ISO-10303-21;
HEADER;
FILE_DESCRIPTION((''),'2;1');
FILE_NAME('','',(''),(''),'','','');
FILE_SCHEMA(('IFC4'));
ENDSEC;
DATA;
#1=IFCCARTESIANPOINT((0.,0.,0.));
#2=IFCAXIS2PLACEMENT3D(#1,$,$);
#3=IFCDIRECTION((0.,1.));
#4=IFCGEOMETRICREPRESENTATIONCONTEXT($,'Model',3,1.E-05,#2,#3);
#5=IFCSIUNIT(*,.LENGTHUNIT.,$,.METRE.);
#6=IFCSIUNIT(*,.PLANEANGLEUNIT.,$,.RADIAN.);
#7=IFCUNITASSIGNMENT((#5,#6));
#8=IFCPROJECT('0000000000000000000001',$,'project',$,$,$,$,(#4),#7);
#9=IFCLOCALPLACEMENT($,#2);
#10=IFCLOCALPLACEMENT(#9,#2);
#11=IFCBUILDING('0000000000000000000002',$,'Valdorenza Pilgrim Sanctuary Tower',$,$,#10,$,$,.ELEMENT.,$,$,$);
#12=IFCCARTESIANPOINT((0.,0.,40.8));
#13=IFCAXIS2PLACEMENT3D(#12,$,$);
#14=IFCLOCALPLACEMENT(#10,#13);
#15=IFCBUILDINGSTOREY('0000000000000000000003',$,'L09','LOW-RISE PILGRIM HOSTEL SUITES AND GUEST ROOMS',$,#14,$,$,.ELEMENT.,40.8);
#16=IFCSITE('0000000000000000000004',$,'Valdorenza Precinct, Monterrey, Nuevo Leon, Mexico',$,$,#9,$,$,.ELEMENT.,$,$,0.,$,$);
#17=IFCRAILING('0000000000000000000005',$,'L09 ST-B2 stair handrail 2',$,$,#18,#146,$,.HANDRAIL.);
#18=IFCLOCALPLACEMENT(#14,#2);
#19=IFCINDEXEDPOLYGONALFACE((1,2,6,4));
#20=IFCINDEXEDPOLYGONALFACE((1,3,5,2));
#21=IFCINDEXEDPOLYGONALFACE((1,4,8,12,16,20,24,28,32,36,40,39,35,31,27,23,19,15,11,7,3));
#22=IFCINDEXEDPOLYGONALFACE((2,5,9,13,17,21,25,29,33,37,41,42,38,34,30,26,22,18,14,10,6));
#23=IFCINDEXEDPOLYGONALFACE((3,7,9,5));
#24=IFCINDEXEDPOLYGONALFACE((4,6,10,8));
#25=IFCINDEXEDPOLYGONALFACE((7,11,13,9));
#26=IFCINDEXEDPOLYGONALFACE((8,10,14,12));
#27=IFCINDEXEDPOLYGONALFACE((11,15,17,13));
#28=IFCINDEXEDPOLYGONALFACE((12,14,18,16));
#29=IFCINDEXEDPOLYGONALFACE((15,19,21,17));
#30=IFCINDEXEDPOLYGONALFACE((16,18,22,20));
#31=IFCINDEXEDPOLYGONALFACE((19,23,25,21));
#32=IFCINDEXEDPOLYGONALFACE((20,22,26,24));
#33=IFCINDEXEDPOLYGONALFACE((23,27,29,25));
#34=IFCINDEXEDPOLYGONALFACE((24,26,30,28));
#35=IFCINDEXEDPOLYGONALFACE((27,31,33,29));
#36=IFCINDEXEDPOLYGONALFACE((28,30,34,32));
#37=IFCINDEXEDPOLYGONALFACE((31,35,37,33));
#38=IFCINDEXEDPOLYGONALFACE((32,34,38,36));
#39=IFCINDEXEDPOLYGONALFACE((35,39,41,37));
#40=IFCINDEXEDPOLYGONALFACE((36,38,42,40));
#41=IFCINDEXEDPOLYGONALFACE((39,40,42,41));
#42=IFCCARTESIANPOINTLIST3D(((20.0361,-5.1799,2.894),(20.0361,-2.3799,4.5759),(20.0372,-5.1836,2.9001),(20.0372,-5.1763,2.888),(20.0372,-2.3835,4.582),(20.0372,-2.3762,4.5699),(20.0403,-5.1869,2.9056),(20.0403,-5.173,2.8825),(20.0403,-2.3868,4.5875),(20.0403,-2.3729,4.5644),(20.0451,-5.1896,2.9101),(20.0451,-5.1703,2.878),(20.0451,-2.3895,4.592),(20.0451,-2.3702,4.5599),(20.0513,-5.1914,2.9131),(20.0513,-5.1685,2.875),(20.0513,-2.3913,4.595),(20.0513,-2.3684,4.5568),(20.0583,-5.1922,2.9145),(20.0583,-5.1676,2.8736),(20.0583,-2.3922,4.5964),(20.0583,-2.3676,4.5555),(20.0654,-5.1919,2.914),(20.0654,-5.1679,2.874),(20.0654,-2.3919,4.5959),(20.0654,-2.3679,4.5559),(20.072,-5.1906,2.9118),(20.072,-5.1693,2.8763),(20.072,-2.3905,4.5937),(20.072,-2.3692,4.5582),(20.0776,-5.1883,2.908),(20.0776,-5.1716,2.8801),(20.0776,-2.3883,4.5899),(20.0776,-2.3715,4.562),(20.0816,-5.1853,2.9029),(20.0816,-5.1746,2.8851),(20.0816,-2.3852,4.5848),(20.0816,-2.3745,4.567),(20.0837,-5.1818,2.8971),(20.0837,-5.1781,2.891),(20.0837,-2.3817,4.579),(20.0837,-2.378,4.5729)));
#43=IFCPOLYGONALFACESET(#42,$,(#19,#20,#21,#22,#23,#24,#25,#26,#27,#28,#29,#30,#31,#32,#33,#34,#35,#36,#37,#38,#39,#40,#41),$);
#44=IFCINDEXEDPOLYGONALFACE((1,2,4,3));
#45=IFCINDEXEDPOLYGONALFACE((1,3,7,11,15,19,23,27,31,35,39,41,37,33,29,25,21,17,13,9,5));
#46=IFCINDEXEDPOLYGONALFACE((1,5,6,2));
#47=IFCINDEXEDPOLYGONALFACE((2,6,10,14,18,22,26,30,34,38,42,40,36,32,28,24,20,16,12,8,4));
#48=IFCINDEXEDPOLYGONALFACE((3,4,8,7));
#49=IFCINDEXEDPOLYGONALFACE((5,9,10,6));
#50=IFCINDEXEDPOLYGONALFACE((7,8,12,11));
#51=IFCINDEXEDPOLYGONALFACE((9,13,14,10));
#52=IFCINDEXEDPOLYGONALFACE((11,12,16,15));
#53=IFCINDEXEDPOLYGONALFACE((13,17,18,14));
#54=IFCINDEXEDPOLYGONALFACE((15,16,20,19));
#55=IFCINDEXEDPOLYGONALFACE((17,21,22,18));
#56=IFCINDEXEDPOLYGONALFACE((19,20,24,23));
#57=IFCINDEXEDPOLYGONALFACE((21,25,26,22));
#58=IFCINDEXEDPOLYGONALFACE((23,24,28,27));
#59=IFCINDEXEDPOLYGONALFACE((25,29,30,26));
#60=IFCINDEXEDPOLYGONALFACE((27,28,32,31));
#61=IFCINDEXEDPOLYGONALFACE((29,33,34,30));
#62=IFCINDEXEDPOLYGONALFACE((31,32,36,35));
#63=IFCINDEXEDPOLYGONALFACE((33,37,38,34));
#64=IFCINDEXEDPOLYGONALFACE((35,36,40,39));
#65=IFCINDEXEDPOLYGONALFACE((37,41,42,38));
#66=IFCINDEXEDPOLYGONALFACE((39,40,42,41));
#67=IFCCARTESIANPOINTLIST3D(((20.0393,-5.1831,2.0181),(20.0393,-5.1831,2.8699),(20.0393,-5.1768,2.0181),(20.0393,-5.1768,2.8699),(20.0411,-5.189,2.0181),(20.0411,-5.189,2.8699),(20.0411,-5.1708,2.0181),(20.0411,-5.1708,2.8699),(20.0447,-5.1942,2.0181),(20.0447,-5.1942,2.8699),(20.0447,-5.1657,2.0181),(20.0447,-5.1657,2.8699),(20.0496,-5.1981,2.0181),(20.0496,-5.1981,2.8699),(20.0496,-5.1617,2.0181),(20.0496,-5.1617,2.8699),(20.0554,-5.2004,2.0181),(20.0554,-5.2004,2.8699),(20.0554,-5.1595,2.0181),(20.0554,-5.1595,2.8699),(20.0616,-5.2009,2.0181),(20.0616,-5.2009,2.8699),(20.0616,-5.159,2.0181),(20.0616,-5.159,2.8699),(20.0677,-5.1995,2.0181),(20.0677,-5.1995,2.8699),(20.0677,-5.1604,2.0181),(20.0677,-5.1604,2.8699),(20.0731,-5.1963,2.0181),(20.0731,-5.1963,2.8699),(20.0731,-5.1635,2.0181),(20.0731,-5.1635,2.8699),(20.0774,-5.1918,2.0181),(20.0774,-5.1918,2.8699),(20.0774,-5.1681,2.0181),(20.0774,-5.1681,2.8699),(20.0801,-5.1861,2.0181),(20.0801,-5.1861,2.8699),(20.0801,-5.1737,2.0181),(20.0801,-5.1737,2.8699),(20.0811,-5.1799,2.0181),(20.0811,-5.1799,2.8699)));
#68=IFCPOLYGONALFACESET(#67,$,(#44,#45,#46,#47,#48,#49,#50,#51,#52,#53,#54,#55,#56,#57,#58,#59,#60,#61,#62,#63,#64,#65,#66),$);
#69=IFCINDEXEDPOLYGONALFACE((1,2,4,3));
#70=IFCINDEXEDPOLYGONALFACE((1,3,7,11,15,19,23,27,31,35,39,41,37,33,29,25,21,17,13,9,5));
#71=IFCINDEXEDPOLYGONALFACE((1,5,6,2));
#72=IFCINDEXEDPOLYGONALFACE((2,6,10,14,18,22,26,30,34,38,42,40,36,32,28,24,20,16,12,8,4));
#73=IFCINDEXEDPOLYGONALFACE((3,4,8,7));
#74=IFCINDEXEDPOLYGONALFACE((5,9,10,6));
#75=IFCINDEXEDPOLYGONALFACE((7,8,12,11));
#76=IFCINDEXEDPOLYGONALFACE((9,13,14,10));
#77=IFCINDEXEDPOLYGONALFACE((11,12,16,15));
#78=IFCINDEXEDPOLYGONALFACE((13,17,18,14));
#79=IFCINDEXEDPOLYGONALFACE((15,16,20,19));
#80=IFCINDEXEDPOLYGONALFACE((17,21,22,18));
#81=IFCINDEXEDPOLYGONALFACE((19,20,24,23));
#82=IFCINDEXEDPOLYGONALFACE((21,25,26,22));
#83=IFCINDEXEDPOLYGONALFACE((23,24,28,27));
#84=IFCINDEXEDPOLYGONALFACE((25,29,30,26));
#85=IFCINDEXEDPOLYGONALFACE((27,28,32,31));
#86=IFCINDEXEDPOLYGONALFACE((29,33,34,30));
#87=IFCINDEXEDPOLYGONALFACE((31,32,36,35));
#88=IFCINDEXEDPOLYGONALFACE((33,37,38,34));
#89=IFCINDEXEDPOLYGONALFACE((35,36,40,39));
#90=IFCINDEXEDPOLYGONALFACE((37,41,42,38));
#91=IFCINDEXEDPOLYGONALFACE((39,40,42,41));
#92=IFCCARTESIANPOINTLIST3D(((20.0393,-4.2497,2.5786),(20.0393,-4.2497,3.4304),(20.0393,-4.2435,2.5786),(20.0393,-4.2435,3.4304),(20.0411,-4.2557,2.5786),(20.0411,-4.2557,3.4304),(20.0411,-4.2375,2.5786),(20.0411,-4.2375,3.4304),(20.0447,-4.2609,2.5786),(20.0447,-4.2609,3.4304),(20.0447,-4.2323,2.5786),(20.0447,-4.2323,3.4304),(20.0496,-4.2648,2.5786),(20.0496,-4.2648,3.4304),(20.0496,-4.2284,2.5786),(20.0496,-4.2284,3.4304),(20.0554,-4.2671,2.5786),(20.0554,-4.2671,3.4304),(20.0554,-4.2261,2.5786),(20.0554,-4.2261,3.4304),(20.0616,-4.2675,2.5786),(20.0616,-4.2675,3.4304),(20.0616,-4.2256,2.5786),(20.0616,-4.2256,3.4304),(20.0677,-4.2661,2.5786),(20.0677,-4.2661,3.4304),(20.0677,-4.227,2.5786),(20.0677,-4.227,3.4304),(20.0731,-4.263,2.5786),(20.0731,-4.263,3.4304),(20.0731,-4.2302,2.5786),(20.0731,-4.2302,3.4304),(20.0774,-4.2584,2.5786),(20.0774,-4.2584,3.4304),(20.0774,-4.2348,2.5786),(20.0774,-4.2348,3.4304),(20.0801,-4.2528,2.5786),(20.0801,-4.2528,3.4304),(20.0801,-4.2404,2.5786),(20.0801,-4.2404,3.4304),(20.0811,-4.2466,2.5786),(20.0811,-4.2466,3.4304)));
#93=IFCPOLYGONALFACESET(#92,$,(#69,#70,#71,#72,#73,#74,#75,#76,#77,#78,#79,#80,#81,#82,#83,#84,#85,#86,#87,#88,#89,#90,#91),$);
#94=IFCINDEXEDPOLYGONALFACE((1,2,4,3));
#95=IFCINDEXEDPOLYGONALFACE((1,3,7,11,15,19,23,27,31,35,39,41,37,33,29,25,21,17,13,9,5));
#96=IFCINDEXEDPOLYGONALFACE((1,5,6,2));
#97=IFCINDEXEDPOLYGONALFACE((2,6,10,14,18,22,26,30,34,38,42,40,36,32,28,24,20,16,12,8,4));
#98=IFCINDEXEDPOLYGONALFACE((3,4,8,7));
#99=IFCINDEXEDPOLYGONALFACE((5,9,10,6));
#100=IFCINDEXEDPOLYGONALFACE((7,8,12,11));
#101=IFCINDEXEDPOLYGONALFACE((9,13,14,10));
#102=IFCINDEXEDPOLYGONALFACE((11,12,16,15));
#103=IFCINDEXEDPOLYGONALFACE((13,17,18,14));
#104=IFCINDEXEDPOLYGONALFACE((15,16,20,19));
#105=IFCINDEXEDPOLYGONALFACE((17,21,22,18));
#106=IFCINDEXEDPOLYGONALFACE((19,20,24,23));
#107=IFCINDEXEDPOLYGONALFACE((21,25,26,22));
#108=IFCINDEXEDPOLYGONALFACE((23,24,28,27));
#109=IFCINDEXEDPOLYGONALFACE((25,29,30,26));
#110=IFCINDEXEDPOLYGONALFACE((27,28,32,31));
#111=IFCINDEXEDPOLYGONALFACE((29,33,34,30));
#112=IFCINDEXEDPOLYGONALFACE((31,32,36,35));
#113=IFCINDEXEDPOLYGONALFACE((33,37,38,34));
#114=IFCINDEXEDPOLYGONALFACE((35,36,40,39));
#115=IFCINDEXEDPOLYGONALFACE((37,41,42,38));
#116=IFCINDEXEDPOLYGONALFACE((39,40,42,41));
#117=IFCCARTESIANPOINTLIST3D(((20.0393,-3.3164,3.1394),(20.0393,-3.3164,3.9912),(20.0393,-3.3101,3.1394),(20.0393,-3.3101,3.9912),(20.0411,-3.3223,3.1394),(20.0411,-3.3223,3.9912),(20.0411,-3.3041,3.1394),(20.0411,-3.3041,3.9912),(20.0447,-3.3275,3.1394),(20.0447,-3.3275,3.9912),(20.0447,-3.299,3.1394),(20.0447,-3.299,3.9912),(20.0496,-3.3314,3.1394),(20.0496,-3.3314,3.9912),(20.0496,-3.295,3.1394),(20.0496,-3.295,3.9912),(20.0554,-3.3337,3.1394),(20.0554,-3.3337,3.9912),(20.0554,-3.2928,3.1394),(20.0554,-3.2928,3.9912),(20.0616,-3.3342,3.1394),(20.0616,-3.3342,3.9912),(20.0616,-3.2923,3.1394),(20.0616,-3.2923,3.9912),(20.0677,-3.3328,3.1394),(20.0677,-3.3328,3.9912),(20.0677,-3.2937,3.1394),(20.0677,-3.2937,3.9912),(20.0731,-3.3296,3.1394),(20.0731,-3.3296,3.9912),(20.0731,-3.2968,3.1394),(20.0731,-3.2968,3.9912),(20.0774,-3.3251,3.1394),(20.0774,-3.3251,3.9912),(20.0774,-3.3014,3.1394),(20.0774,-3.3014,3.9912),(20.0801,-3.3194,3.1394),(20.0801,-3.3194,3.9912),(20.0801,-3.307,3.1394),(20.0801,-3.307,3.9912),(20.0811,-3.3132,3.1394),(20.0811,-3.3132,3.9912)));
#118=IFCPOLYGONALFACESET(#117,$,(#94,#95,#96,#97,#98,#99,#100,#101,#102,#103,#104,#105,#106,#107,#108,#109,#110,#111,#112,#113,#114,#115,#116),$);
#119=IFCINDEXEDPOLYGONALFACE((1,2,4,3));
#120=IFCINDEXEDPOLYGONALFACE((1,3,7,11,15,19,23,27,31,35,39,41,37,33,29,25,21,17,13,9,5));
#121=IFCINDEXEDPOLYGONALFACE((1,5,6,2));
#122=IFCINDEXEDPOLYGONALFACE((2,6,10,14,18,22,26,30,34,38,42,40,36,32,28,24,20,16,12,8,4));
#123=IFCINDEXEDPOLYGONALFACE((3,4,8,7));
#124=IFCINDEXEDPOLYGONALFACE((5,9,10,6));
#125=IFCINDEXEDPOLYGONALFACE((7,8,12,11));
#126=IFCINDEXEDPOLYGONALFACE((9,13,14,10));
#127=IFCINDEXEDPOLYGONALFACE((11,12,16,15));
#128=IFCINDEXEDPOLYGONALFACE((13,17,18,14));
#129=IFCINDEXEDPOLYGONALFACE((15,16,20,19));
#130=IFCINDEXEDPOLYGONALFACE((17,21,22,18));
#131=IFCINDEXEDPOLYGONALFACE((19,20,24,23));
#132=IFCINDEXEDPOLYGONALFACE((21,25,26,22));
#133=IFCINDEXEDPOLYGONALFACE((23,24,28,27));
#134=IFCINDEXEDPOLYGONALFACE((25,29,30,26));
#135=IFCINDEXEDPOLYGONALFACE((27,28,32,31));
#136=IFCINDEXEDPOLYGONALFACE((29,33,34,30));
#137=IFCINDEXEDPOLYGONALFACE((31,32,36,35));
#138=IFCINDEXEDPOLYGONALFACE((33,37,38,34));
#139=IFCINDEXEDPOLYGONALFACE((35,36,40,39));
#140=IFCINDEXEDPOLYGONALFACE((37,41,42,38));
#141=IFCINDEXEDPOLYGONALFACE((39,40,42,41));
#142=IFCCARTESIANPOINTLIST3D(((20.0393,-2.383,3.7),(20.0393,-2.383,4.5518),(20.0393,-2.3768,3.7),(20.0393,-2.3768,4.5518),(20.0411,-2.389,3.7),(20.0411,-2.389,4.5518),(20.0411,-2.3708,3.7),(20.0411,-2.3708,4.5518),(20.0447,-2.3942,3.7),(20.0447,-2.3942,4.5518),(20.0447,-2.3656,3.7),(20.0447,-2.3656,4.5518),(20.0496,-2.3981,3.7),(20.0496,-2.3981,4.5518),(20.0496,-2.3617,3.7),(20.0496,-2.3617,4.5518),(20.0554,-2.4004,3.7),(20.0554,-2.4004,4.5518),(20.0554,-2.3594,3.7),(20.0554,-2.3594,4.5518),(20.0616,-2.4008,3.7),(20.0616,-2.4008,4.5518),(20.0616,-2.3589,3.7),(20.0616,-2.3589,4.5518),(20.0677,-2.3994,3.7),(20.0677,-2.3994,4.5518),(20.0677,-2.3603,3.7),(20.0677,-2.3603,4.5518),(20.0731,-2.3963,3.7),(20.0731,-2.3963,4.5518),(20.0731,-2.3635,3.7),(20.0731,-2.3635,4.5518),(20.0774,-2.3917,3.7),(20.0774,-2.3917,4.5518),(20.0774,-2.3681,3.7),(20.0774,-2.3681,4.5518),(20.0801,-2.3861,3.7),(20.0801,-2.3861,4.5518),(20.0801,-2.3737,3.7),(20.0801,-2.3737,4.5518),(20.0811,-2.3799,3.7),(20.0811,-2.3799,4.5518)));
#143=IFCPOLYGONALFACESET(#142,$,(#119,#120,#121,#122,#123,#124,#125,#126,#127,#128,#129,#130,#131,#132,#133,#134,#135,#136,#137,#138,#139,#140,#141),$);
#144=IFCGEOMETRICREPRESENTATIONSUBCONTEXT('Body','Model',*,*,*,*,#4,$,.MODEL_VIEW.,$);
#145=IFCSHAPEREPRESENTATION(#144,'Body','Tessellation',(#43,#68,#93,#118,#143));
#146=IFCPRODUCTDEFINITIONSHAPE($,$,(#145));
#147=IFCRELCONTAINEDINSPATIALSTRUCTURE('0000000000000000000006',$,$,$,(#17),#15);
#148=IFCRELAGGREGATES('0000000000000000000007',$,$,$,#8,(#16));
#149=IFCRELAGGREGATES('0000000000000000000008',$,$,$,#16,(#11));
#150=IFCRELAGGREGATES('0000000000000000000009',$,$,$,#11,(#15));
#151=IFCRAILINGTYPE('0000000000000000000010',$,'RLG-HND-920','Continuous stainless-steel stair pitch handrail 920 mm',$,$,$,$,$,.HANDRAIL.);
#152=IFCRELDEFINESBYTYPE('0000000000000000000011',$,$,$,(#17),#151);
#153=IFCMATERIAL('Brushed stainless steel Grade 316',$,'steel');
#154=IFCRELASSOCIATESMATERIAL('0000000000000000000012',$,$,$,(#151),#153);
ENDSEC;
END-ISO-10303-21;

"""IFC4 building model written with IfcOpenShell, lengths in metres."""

from ifc_helpers import new_model, si_unit, direction, frame, origin, origin_2d, place, context, subcontext, project, spatial, circle, extrude, material, type_object, element, save


model = new_model("IFC4")

# Units and contexts
model_context = context("Model", 3, precision=1e-05, world=origin(), true_north=direction((0.0, 1.0)))
body_context = subcontext(model_context, "Body", "Model", "MODEL_VIEW")
ifc_project = project(units=[si_unit("LENGTHUNIT", "METRE"), si_unit("PLANEANGLEUNIT", "RADIAN")], contexts=[model_context])

# Site, building, storey
site_placement = place(None, origin())
site = spatial("IfcSite", under=ifc_project, at=site_placement, Name="Valdorenza Precinct, Monterrey, Nuevo Leon, Mexico", CompositionType="ELEMENT", RefElevation=0.0)
building_placement = place(site_placement, origin())
building = spatial("IfcBuilding", under=site, at=building_placement, Name="Valdorenza Pilgrim Sanctuary Tower", CompositionType="ELEMENT")
storey_placement = place(building_placement, frame((0.0, 0.0, 40.8)))
storey = spatial("IfcBuildingStorey", under=building, at=storey_placement, Name="L09", Description="LOW-RISE PILGRIM HOSTEL SUITES AND GUEST ROOMS", CompositionType="ELEMENT", Elevation=40.8)

# Shared definitions
ifc_material_1 = material(Name="Brushed stainless steel Grade 316", Category="steel")

# Railing
railing_type_1 = type_object("IfcRailingType", Name="RLG-HND-920", Description="Continuous stainless-steel stair pitch handrail 920 mm", PredefinedType="HANDRAIL", material=ifc_material_1)
railing_1_placement = place(storey_placement, frame((20.0601, -5.1799, 2.0181)))
element("IfcRailing", 1, at=railing_1_placement, inside=storey, type_object=railing_type_1, Name="L09 ST-B2 stair handrail 2", PredefinedType="HANDRAIL", context=body_context, shape_type="SweptSolid", body=[
    extrude(circle(Radius=0.0239, at=origin_2d()), frame((0.0, 0.0, 0.876), z_axis=(0.0, 0.857242, 0.514913), x_axis=(-1.0, 0.0, 0.0)), (0.0, 0.0, 1.0), 3.2664),
    extrude(circle(Radius=0.021, at=origin_2d()), origin(), (0.0, 0.0, 1.0), 0.8518),
    extrude(circle(Radius=0.021, at=origin_2d()), frame((0.0, 0.9333, 0.5605)), (0.0, 0.0, 1.0), 0.8518),
    extrude(circle(Radius=0.021, at=origin_2d()), frame((0.0, 1.8667, 1.1213)), (0.0, 0.0, 1.0), 0.8518),
    extrude(circle(Radius=0.021, at=origin_2d()), frame((0.0, 2.8, 1.6819)), (0.0, 0.0, 1.0), 0.8518),
])

save(model, "model.ifc")
